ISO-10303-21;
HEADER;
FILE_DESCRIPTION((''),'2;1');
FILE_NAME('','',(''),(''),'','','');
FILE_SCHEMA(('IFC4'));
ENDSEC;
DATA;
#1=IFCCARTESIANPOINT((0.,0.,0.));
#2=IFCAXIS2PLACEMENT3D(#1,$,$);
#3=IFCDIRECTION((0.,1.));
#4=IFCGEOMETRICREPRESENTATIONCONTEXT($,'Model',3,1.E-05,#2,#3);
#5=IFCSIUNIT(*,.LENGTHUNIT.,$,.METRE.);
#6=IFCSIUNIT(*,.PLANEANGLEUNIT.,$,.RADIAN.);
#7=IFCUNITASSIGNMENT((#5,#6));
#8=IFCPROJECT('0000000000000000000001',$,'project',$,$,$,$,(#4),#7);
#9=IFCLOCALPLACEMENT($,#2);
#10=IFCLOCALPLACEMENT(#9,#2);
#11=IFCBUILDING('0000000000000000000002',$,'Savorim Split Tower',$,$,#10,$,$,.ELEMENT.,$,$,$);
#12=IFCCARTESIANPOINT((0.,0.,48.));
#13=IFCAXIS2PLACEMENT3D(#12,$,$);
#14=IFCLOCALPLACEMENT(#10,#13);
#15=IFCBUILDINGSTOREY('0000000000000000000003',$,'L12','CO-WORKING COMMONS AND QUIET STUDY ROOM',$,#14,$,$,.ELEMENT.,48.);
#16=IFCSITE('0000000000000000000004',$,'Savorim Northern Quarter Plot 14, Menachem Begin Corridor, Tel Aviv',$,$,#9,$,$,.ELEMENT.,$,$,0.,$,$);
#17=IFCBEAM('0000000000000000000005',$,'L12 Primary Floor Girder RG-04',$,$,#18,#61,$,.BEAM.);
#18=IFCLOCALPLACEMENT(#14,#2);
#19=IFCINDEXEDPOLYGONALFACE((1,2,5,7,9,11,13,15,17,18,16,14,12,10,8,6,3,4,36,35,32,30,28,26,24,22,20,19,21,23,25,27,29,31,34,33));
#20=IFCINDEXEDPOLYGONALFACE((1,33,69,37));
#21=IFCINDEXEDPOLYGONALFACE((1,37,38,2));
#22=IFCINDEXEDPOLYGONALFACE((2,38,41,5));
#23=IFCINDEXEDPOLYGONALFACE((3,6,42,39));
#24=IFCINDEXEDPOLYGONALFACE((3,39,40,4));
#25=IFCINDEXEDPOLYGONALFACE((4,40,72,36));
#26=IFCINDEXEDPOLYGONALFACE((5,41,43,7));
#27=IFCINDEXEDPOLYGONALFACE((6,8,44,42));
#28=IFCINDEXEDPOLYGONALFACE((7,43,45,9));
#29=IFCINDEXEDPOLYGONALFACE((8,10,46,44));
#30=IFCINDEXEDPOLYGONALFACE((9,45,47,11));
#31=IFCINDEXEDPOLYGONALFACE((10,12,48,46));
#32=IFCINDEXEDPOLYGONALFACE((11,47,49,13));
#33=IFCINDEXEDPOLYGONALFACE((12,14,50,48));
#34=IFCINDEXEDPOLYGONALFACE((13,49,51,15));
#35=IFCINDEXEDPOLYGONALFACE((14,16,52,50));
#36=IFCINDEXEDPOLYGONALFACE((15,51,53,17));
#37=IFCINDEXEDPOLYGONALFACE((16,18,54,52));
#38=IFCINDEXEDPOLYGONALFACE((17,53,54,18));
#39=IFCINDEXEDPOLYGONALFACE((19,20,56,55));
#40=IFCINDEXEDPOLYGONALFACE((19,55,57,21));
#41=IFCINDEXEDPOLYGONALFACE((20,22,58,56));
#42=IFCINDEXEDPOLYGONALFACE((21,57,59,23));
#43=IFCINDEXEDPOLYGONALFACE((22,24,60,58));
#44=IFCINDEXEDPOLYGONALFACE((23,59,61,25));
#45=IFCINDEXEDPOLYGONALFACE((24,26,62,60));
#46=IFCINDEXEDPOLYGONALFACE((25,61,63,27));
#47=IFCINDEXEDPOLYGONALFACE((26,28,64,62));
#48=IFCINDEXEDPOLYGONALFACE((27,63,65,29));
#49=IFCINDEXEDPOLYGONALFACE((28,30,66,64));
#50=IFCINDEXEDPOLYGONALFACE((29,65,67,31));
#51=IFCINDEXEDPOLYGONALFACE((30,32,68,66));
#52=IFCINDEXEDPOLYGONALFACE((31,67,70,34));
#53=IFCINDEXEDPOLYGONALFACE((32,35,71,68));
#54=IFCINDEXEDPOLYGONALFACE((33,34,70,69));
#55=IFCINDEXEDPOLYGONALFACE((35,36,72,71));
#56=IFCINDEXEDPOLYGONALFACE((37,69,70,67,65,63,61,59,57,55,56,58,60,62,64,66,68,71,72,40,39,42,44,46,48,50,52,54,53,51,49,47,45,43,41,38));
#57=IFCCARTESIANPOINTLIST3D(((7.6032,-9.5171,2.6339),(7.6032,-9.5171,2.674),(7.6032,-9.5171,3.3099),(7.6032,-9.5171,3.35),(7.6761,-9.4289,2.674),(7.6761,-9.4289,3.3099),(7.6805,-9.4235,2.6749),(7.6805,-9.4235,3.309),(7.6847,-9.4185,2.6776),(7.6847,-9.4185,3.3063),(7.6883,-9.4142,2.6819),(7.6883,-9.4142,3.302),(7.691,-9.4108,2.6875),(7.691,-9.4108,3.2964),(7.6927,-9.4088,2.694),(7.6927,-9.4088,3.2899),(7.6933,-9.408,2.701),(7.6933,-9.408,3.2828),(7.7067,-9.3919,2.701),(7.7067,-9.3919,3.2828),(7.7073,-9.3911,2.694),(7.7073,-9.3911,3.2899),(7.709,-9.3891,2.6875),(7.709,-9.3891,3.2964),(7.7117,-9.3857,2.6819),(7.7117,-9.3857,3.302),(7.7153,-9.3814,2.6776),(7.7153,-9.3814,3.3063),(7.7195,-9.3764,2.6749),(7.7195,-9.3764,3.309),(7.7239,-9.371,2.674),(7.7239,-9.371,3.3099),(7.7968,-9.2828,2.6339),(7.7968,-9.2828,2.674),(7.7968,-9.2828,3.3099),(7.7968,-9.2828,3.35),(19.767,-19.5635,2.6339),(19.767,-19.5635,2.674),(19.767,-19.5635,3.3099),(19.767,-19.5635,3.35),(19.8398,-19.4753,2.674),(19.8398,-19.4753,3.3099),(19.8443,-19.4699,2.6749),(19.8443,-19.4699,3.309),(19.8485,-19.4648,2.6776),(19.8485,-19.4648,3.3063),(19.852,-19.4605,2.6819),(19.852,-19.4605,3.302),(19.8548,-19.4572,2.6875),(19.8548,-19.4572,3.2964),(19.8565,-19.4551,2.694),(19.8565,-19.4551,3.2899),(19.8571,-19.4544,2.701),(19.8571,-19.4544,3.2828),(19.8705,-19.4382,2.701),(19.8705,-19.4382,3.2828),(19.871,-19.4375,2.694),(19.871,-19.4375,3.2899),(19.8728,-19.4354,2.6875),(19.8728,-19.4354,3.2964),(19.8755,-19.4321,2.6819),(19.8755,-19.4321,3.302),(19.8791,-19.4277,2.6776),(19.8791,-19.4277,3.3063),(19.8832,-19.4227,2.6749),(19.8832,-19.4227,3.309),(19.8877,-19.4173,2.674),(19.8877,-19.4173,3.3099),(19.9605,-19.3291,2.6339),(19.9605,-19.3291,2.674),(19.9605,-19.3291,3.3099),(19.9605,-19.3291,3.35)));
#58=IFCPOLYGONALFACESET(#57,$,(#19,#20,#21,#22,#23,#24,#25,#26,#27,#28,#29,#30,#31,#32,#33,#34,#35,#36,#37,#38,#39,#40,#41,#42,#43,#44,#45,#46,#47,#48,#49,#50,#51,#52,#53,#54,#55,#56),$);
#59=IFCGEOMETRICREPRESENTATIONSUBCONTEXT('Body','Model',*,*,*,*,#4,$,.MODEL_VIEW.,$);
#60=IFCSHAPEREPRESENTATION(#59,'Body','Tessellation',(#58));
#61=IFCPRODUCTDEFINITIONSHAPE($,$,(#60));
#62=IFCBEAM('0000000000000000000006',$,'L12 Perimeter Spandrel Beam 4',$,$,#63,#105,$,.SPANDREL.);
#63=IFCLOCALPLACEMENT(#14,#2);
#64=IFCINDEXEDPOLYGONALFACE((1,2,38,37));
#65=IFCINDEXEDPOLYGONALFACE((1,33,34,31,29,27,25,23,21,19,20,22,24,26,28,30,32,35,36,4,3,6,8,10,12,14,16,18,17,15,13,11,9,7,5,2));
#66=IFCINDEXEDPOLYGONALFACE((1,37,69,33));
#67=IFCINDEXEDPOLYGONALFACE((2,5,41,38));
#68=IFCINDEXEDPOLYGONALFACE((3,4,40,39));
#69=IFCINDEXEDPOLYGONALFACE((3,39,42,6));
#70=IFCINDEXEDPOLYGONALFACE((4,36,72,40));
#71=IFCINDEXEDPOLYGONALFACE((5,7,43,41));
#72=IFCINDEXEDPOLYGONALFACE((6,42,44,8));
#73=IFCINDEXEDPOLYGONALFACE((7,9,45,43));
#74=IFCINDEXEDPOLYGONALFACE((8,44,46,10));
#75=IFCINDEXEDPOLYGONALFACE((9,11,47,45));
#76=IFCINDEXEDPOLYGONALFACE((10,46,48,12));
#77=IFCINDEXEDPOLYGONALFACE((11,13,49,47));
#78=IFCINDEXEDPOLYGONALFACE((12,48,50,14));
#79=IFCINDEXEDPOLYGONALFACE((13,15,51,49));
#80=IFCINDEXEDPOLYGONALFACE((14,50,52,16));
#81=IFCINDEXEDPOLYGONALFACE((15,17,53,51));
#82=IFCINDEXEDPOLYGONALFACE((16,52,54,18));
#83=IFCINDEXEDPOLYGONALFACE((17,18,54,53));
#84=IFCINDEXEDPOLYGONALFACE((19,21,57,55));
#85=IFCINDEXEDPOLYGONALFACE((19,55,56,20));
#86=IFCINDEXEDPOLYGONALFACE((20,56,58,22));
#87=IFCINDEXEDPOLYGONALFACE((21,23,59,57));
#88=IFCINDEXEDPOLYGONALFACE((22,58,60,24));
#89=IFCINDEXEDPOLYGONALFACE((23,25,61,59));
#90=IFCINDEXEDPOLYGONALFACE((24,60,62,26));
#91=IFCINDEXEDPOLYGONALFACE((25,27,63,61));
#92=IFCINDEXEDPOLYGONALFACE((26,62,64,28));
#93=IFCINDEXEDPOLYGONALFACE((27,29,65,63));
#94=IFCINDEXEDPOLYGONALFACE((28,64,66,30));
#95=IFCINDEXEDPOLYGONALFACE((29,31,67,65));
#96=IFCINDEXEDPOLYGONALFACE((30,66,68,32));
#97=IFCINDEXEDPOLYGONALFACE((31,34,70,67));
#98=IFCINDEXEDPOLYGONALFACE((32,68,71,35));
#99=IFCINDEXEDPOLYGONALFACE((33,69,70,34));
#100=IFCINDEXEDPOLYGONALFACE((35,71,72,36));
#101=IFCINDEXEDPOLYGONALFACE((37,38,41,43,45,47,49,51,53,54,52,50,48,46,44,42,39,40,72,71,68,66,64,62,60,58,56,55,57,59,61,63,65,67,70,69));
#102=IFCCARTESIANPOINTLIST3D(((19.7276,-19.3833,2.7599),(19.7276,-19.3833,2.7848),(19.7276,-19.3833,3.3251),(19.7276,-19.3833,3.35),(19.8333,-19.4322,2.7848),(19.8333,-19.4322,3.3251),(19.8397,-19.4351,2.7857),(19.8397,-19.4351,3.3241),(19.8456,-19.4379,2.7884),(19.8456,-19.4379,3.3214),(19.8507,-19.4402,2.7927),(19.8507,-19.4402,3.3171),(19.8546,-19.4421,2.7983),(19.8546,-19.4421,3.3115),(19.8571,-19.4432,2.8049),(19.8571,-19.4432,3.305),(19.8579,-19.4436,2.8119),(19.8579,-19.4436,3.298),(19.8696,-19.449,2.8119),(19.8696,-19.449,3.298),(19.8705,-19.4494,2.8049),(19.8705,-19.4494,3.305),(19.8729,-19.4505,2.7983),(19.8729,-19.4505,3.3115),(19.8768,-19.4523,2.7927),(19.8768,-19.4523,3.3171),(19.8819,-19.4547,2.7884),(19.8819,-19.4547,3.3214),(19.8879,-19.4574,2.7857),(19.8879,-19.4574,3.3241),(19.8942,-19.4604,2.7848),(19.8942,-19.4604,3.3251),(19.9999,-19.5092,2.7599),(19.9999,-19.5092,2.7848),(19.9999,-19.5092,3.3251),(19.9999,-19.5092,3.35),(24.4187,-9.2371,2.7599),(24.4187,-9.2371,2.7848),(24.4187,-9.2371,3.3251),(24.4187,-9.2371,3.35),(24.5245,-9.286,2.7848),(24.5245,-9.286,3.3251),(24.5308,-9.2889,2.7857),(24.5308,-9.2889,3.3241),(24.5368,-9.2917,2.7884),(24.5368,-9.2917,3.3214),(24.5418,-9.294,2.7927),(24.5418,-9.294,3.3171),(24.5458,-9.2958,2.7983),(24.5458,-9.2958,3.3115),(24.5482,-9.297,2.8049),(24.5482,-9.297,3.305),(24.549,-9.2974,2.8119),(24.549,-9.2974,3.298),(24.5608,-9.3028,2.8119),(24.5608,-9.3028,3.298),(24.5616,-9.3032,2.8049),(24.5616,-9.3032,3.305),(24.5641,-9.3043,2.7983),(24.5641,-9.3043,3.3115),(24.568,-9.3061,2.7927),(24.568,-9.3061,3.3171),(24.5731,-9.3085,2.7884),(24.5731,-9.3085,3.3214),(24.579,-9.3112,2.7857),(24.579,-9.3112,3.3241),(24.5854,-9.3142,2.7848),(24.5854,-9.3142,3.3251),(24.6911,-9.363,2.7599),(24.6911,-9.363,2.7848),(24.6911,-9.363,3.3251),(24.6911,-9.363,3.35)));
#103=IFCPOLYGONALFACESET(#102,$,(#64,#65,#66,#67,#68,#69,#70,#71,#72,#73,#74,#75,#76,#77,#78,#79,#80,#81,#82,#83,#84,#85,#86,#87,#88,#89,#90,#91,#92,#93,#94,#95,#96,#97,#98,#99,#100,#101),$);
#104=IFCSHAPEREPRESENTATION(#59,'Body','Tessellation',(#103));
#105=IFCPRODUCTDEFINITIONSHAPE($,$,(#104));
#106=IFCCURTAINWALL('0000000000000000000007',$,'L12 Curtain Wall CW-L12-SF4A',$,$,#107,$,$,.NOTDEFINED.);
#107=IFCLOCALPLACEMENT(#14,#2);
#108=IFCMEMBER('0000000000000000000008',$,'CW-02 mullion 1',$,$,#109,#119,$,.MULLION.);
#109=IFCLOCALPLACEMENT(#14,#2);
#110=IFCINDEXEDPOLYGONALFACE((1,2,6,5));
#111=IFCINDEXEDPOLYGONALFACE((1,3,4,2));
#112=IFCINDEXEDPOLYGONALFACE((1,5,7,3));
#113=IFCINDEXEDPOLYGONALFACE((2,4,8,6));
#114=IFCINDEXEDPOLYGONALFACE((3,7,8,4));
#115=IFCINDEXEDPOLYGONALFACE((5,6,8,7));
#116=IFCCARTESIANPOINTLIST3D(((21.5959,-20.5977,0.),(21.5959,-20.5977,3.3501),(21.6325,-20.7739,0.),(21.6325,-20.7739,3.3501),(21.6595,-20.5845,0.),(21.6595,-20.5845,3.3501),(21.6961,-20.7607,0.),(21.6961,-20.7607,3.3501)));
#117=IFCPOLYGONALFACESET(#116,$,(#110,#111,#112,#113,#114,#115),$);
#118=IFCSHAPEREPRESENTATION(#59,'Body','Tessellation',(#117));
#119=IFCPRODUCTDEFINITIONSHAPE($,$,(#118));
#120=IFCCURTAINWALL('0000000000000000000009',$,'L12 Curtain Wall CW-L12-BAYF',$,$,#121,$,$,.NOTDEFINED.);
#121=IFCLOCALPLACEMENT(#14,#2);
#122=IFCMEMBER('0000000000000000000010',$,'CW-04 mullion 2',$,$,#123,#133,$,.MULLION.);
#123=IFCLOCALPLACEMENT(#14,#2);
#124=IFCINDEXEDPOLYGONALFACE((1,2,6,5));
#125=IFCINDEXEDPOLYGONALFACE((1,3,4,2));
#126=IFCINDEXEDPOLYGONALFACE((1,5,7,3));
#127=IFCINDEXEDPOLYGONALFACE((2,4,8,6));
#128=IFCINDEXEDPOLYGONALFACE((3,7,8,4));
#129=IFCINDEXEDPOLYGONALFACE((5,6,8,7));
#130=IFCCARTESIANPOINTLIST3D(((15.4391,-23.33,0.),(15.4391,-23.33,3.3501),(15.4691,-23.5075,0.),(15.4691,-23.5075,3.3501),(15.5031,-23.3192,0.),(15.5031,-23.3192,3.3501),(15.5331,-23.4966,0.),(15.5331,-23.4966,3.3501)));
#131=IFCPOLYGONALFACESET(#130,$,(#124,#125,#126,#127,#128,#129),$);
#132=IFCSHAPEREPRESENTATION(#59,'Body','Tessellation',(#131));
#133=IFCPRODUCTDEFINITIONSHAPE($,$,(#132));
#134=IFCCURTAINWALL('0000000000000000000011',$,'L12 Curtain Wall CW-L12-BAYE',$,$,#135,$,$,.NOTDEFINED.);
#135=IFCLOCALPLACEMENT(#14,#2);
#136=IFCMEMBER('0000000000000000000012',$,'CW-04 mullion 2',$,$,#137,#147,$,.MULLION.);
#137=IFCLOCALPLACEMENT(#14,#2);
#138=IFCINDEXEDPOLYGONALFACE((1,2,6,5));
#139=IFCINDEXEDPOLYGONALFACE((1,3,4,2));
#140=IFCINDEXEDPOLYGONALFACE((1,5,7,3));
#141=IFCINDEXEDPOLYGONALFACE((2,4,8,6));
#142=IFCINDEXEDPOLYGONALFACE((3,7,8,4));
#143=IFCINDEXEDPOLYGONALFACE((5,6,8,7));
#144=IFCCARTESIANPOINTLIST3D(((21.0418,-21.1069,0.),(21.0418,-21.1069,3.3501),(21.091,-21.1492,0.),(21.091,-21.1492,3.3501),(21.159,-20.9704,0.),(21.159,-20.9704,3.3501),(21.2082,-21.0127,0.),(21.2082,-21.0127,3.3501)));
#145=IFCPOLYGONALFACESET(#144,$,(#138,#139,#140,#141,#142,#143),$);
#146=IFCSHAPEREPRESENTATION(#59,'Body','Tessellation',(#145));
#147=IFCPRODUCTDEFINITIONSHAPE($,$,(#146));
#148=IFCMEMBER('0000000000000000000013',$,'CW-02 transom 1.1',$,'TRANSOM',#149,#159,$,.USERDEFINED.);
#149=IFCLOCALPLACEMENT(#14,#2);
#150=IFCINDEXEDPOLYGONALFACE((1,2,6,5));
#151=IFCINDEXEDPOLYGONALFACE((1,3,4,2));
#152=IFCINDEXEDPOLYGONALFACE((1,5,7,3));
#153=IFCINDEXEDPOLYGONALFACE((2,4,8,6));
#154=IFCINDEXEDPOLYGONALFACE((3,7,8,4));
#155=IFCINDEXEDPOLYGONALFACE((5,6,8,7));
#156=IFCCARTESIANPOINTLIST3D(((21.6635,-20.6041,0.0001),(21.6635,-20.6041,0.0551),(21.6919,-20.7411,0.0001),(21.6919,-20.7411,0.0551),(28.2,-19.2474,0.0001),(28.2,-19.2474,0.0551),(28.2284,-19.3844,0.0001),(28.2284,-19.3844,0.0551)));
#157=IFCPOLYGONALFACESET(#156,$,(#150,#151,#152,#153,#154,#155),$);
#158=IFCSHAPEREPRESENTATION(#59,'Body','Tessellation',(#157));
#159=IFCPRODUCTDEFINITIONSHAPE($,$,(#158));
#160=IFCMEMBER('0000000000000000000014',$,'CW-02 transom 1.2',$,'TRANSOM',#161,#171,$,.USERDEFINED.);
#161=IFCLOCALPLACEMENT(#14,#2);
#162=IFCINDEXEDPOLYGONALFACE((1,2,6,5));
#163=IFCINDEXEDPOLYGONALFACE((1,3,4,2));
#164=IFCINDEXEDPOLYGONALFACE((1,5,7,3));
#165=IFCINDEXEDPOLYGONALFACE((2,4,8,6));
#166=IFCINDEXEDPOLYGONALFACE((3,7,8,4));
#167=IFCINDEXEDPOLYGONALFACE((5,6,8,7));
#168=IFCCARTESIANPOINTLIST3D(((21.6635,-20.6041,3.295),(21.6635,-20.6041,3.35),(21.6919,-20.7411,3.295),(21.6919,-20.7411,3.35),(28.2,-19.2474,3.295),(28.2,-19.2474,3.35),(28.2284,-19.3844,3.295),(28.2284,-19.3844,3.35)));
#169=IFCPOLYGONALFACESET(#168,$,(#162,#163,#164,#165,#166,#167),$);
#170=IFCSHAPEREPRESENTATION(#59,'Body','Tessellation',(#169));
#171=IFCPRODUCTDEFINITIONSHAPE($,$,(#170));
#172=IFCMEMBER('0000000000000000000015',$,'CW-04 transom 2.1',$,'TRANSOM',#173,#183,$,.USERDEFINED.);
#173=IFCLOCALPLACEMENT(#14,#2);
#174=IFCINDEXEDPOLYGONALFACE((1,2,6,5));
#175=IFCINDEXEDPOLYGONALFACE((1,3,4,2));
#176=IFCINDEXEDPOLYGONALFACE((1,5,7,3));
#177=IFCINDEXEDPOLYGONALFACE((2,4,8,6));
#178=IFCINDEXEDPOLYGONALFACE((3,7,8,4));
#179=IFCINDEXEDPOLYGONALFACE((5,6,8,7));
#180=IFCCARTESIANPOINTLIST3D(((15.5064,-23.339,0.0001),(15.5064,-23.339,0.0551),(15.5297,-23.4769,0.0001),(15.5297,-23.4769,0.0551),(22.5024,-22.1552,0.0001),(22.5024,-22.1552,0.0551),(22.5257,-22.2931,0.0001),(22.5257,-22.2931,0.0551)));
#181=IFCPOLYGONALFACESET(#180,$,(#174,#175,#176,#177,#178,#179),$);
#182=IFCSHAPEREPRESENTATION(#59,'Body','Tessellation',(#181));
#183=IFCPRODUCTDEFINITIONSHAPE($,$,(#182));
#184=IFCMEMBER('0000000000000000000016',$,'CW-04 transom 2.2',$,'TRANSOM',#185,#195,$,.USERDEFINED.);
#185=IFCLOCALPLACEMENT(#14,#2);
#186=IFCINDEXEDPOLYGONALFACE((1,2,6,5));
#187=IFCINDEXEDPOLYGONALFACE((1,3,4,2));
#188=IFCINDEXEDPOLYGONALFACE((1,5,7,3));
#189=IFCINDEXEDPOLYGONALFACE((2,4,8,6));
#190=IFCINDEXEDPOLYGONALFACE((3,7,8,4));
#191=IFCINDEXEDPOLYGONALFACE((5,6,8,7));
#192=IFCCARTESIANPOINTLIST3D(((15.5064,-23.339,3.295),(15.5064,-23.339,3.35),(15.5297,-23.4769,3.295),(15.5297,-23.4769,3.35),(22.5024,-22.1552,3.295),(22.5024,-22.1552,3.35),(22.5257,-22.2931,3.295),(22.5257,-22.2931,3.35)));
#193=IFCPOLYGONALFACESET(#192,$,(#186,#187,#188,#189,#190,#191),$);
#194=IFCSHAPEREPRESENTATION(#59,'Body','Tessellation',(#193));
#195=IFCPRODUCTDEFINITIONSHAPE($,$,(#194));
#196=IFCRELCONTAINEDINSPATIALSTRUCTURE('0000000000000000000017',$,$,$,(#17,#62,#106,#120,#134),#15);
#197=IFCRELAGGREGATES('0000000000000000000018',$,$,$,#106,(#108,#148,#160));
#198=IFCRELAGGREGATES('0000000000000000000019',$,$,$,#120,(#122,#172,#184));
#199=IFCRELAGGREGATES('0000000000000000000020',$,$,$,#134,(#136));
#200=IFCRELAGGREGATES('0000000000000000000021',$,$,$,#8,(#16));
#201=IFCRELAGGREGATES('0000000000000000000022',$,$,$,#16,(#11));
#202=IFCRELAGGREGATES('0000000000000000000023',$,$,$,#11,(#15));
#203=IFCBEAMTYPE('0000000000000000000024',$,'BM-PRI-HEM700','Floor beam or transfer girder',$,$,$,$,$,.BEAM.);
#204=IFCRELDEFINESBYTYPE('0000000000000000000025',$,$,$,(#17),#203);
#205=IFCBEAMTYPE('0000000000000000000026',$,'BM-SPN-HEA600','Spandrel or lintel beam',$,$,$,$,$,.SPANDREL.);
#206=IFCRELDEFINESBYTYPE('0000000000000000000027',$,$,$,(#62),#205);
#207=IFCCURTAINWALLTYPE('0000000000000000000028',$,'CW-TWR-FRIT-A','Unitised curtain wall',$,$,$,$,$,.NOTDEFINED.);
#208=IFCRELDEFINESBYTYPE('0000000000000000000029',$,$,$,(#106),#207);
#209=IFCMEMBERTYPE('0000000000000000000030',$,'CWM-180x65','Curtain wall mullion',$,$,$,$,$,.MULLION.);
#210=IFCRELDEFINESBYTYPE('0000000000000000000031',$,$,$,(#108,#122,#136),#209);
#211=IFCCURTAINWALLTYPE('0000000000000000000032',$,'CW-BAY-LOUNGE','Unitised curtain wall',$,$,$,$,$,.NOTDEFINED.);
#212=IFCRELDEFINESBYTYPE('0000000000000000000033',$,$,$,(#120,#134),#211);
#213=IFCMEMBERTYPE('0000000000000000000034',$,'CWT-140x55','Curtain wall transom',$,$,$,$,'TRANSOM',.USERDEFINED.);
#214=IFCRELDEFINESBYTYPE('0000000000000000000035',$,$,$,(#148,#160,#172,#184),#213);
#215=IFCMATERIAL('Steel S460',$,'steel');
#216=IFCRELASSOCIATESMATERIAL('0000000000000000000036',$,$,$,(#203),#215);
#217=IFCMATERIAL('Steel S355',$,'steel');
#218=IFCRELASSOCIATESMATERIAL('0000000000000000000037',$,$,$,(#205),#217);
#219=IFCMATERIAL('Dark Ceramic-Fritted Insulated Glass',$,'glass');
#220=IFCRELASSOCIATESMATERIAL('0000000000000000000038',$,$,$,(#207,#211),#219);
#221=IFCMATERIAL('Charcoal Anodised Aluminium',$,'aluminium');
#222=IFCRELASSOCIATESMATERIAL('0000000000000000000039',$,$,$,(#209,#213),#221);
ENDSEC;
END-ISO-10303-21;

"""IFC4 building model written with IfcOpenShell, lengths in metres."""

from ifc_helpers import new_model, si_unit, direction, frame, origin, origin_2d, place, context, subcontext, project, spatial, rectangle, i_section, extrude, material, material_profile, profile_set, type_object, element, aggregate, save


model = new_model("IFC4")

# Units and contexts
model_context = context("Model", 3, precision=1e-05, world=origin(), true_north=direction((0.0, 1.0)))
body_context = subcontext(model_context, "Body", "Model", "MODEL_VIEW")
ifc_project = project(units=[si_unit("LENGTHUNIT", "METRE"), si_unit("PLANEANGLEUNIT", "RADIAN")], contexts=[model_context])

# Site, building, storey
site_placement = place(None, origin())
site = spatial("IfcSite", under=ifc_project, at=site_placement, Name="Savorim Northern Quarter Plot 14, Menachem Begin Corridor, Tel Aviv", CompositionType="ELEMENT", RefElevation=0.0)
building_placement = place(site_placement, origin())
building = spatial("IfcBuilding", under=site, at=building_placement, Name="Savorim Split Tower", CompositionType="ELEMENT")
storey_placement = place(building_placement, frame((0.0, 0.0, 48.0)))
storey = spatial("IfcBuildingStorey", under=building, at=storey_placement, Name="L12", Description="CO-WORKING COMMONS AND QUIET STUDY ROOM", CompositionType="ELEMENT", Elevation=48.0)

# Shared definitions
ifc_material_1 = material(Name="Steel S460", Category="steel")

# Beams
ifc_material_2 = material(Name="Steel S355", Category="steel")
ifc_material_profile_1 = material_profile(ifc_material_1, i_section(OverallWidth=0.304, OverallDepth=0.7161, WebThickness=0.021, FlangeThickness=0.04, FilletRadius=0.0271, at=origin_2d()), Name="HE 700 M")
ifc_profile_set_1 = profile_set([ifc_material_profile_1], Name="Steel S460")
beam_type_1 = type_object("IfcBeamType", Name="BM-PRI-HEM700", Description="Floor beam or transfer girder", PredefinedType="BEAM", material=ifc_profile_set_1)
beam_1_placement = place(storey_placement, frame((19.8638, -19.4463, 2.9919), z_axis=(-0.771024, 0.636807, 0.0), x_axis=(-0.636807, -0.771024, 0.0)))
element("IfcBeam", 1, at=beam_1_placement, inside=storey, type_object=beam_type_1, Name="L12 Primary Floor Girder RG-04", PredefinedType="BEAM", context=body_context, shape_type="SweptSolid", body=[
    extrude(i_section(OverallWidth=0.304, OverallDepth=0.7161, WebThickness=0.021, FlangeThickness=0.04, FilletRadius=0.0271, at=origin_2d()), origin(), (0.0, 0.0, 1.0), 15.7761),
])
ifc_material_profile_2 = material_profile(ifc_material_2, i_section(OverallWidth=0.3, OverallDepth=0.5901, WebThickness=0.0129, FlangeThickness=0.0249, FilletRadius=0.0271, at=origin_2d()), Name="HEA 600")
ifc_profile_set_2 = profile_set([ifc_material_profile_2], Name="Steel S355")
beam_type_2 = type_object("IfcBeamType", Name="BM-SPN-HEA600", Description="Spandrel or lintel beam", PredefinedType="SPANDREL", material=ifc_profile_set_2)
beam_2_placement = place(storey_placement, frame((19.8638, -19.4463, 3.0549), z_axis=(0.419669, 0.907677, 0.0), x_axis=(-0.907677, 0.419669, 0.0)))
element("IfcBeam", 2, at=beam_2_placement, inside=storey, type_object=beam_type_2, Name="L12 Perimeter Spandrel Beam 4", PredefinedType="SPANDREL", context=body_context, shape_type="SweptSolid", body=[
    extrude(i_section(OverallWidth=0.3, OverallDepth=0.5901, WebThickness=0.0129, FlangeThickness=0.0249, FilletRadius=0.0271, at=origin_2d()), origin(), (0.0, 0.0, 1.0), 11.1782),
])

# Curtain walls, members
ifc_material_3 = material(Name="Dark Ceramic-Fritted Insulated Glass", Category="glass")
curtain_wall_type_1 = type_object("IfcCurtainWallType", Name="CW-TWR-FRIT-A", Description="Unitised curtain wall", PredefinedType="NOTDEFINED", material=ifc_material_3)
curtain_wall_1_placement = place(storey_placement, origin())
curtain_wall_1 = element("IfcCurtainWall", 3, at=curtain_wall_1_placement, inside=storey, type_object=curtain_wall_type_1, Name="L12 Curtain Wall CW-L12-SF4A", PredefinedType="NOTDEFINED")
ifc_material_4 = material(Name="Charcoal Anodised Aluminium", Category="aluminium")
ifc_material_profile_3 = material_profile(ifc_material_4, rectangle(XDim=0.1799, YDim=0.0649, at=origin_2d()), Name="ALU-M 180x65")
ifc_profile_set_3 = profile_set([ifc_material_profile_3], Name="Charcoal Anodised Aluminium")
member_type_1 = type_object("IfcMemberType", Name="CWM-180x65", Description="Curtain wall mullion", PredefinedType="MULLION", material=ifc_profile_set_3)
member_1_placement = place(storey_placement, frame((21.646, -20.6792, 0.0), z_axis=(0.0, 0.0, 1.0), x_axis=(-0.203218, 0.979134, 0.0)))
member_1 = element("IfcMember", 4, at=member_1_placement, type_object=member_type_1, Name="CW-02 mullion 1", PredefinedType="MULLION", context=body_context, shape_type="SweptSolid", body=[
    extrude(rectangle(XDim=0.1799, YDim=0.0649, at=origin_2d()), origin(), (0.0, 0.0, 1.0), 3.3501),
])
curtain_wall_type_2 = type_object("IfcCurtainWallType", Name="CW-BAY-LOUNGE", Description="Unitised curtain wall", PredefinedType="NOTDEFINED", material=ifc_material_3)
curtain_wall_2_placement = place(storey_placement, origin())
curtain_wall_2 = element("IfcCurtainWall", 5, at=curtain_wall_2_placement, inside=storey, type_object=curtain_wall_type_2, Name="L12 Curtain Wall CW-L12-BAYF", PredefinedType="NOTDEFINED")
member_2_placement = place(storey_placement, frame((15.4861, -23.4133, 0.0), z_axis=(0.0, 0.0, 1.0), x_axis=(-0.166857, 0.985981, 0.0)))
member_2 = element("IfcMember", 6, at=member_2_placement, type_object=member_type_1, Name="CW-04 mullion 2", PredefinedType="MULLION", context=body_context, shape_type="SweptSolid", body=[
    extrude(rectangle(XDim=0.1799, YDim=0.0649, at=origin_2d()), origin(), (0.0, 0.0, 1.0), 3.3501),
])
curtain_wall_3_placement = place(storey_placement, origin())
curtain_wall_3 = element("IfcCurtainWall", 7, at=curtain_wall_3_placement, inside=storey, type_object=curtain_wall_type_2, Name="L12 Curtain Wall CW-L12-BAYE", PredefinedType="NOTDEFINED")
member_3_placement = place(storey_placement, frame((21.125, -21.0598, 0.0), z_axis=(0.0, 0.0, 1.0), x_axis=(-0.651446, -0.758695, 0.0)))
member_3 = element("IfcMember", 8, at=member_3_placement, type_object=member_type_1, Name="CW-04 mullion 2", PredefinedType="MULLION", context=body_context, shape_type="SweptSolid", body=[
    extrude(rectangle(XDim=0.1799, YDim=0.0649, at=origin_2d()), origin(), (0.0, 0.0, 1.0), 3.3501),
])

# Members
ifc_material_profile_4 = material_profile(ifc_material_4, rectangle(XDim=0.1399, YDim=0.0549, at=origin_2d()), Name="ALU-T 140x55")
ifc_profile_set_4 = profile_set([ifc_material_profile_4], Name="Charcoal Anodised Aluminium")
member_type_2 = type_object("IfcMemberType", Name="CWT-140x55", Description="Curtain wall transom", ElementType="TRANSOM", PredefinedType="USERDEFINED", material=ifc_profile_set_4)
member_4_placement = place(storey_placement, frame((21.6777, -20.6726, 0.0276), z_axis=(0.979131, 0.203228, 0.0), x_axis=(-0.203228, 0.979131, 0.0)))
member_4 = element("IfcMember", 9, at=member_4_placement, type_object=member_type_2, Name="CW-02 transom 1.1", ObjectType="TRANSOM", PredefinedType="USERDEFINED", context=body_context, shape_type="SweptSolid", body=[
    extrude(rectangle(XDim=0.1399, YDim=0.0549, at=origin_2d()), origin(), (0.0, 0.0, 1.0), 6.6758),
])
member_5_placement = place(storey_placement, frame((21.6777, -20.6726, 3.3225), z_axis=(0.979131, 0.203228, 0.0), x_axis=(-0.203228, 0.979131, 0.0)))
member_5 = element("IfcMember", 10, at=member_5_placement, type_object=member_type_2, Name="CW-02 transom 1.2", ObjectType="TRANSOM", PredefinedType="USERDEFINED", context=body_context, shape_type="SweptSolid", body=[
    extrude(rectangle(XDim=0.1399, YDim=0.0549, at=origin_2d()), origin(), (0.0, 0.0, 1.0), 6.6758),
])
aggregate(curtain_wall_1, [member_1, member_4, member_5])
member_6_placement = place(storey_placement, frame((15.5181, -23.408, 0.0276), z_axis=(0.985984, 0.166842, 0.0), x_axis=(-0.166842, 0.985984, 0.0)))
member_6 = element("IfcMember", 11, at=member_6_placement, type_object=member_type_2, Name="CW-04 transom 2.1", ObjectType="TRANSOM", PredefinedType="USERDEFINED", context=body_context, shape_type="SweptSolid", body=[
    extrude(rectangle(XDim=0.1399, YDim=0.0549, at=origin_2d()), origin(), (0.0, 0.0, 1.0), 7.0955),
])
member_7_placement = place(storey_placement, frame((15.5181, -23.408, 3.3225), z_axis=(0.985984, 0.166842, 0.0), x_axis=(-0.166842, 0.985984, 0.0)))
member_7 = element("IfcMember", 12, at=member_7_placement, type_object=member_type_2, Name="CW-04 transom 2.2", ObjectType="TRANSOM", PredefinedType="USERDEFINED", context=body_context, shape_type="SweptSolid", body=[
    extrude(rectangle(XDim=0.1399, YDim=0.0549, at=origin_2d()), origin(), (0.0, 0.0, 1.0), 7.0955),
])

aggregate(curtain_wall_2, [member_2, member_6, member_7])
aggregate(curtain_wall_3, [member_3])

save(model, "model.ifc")
